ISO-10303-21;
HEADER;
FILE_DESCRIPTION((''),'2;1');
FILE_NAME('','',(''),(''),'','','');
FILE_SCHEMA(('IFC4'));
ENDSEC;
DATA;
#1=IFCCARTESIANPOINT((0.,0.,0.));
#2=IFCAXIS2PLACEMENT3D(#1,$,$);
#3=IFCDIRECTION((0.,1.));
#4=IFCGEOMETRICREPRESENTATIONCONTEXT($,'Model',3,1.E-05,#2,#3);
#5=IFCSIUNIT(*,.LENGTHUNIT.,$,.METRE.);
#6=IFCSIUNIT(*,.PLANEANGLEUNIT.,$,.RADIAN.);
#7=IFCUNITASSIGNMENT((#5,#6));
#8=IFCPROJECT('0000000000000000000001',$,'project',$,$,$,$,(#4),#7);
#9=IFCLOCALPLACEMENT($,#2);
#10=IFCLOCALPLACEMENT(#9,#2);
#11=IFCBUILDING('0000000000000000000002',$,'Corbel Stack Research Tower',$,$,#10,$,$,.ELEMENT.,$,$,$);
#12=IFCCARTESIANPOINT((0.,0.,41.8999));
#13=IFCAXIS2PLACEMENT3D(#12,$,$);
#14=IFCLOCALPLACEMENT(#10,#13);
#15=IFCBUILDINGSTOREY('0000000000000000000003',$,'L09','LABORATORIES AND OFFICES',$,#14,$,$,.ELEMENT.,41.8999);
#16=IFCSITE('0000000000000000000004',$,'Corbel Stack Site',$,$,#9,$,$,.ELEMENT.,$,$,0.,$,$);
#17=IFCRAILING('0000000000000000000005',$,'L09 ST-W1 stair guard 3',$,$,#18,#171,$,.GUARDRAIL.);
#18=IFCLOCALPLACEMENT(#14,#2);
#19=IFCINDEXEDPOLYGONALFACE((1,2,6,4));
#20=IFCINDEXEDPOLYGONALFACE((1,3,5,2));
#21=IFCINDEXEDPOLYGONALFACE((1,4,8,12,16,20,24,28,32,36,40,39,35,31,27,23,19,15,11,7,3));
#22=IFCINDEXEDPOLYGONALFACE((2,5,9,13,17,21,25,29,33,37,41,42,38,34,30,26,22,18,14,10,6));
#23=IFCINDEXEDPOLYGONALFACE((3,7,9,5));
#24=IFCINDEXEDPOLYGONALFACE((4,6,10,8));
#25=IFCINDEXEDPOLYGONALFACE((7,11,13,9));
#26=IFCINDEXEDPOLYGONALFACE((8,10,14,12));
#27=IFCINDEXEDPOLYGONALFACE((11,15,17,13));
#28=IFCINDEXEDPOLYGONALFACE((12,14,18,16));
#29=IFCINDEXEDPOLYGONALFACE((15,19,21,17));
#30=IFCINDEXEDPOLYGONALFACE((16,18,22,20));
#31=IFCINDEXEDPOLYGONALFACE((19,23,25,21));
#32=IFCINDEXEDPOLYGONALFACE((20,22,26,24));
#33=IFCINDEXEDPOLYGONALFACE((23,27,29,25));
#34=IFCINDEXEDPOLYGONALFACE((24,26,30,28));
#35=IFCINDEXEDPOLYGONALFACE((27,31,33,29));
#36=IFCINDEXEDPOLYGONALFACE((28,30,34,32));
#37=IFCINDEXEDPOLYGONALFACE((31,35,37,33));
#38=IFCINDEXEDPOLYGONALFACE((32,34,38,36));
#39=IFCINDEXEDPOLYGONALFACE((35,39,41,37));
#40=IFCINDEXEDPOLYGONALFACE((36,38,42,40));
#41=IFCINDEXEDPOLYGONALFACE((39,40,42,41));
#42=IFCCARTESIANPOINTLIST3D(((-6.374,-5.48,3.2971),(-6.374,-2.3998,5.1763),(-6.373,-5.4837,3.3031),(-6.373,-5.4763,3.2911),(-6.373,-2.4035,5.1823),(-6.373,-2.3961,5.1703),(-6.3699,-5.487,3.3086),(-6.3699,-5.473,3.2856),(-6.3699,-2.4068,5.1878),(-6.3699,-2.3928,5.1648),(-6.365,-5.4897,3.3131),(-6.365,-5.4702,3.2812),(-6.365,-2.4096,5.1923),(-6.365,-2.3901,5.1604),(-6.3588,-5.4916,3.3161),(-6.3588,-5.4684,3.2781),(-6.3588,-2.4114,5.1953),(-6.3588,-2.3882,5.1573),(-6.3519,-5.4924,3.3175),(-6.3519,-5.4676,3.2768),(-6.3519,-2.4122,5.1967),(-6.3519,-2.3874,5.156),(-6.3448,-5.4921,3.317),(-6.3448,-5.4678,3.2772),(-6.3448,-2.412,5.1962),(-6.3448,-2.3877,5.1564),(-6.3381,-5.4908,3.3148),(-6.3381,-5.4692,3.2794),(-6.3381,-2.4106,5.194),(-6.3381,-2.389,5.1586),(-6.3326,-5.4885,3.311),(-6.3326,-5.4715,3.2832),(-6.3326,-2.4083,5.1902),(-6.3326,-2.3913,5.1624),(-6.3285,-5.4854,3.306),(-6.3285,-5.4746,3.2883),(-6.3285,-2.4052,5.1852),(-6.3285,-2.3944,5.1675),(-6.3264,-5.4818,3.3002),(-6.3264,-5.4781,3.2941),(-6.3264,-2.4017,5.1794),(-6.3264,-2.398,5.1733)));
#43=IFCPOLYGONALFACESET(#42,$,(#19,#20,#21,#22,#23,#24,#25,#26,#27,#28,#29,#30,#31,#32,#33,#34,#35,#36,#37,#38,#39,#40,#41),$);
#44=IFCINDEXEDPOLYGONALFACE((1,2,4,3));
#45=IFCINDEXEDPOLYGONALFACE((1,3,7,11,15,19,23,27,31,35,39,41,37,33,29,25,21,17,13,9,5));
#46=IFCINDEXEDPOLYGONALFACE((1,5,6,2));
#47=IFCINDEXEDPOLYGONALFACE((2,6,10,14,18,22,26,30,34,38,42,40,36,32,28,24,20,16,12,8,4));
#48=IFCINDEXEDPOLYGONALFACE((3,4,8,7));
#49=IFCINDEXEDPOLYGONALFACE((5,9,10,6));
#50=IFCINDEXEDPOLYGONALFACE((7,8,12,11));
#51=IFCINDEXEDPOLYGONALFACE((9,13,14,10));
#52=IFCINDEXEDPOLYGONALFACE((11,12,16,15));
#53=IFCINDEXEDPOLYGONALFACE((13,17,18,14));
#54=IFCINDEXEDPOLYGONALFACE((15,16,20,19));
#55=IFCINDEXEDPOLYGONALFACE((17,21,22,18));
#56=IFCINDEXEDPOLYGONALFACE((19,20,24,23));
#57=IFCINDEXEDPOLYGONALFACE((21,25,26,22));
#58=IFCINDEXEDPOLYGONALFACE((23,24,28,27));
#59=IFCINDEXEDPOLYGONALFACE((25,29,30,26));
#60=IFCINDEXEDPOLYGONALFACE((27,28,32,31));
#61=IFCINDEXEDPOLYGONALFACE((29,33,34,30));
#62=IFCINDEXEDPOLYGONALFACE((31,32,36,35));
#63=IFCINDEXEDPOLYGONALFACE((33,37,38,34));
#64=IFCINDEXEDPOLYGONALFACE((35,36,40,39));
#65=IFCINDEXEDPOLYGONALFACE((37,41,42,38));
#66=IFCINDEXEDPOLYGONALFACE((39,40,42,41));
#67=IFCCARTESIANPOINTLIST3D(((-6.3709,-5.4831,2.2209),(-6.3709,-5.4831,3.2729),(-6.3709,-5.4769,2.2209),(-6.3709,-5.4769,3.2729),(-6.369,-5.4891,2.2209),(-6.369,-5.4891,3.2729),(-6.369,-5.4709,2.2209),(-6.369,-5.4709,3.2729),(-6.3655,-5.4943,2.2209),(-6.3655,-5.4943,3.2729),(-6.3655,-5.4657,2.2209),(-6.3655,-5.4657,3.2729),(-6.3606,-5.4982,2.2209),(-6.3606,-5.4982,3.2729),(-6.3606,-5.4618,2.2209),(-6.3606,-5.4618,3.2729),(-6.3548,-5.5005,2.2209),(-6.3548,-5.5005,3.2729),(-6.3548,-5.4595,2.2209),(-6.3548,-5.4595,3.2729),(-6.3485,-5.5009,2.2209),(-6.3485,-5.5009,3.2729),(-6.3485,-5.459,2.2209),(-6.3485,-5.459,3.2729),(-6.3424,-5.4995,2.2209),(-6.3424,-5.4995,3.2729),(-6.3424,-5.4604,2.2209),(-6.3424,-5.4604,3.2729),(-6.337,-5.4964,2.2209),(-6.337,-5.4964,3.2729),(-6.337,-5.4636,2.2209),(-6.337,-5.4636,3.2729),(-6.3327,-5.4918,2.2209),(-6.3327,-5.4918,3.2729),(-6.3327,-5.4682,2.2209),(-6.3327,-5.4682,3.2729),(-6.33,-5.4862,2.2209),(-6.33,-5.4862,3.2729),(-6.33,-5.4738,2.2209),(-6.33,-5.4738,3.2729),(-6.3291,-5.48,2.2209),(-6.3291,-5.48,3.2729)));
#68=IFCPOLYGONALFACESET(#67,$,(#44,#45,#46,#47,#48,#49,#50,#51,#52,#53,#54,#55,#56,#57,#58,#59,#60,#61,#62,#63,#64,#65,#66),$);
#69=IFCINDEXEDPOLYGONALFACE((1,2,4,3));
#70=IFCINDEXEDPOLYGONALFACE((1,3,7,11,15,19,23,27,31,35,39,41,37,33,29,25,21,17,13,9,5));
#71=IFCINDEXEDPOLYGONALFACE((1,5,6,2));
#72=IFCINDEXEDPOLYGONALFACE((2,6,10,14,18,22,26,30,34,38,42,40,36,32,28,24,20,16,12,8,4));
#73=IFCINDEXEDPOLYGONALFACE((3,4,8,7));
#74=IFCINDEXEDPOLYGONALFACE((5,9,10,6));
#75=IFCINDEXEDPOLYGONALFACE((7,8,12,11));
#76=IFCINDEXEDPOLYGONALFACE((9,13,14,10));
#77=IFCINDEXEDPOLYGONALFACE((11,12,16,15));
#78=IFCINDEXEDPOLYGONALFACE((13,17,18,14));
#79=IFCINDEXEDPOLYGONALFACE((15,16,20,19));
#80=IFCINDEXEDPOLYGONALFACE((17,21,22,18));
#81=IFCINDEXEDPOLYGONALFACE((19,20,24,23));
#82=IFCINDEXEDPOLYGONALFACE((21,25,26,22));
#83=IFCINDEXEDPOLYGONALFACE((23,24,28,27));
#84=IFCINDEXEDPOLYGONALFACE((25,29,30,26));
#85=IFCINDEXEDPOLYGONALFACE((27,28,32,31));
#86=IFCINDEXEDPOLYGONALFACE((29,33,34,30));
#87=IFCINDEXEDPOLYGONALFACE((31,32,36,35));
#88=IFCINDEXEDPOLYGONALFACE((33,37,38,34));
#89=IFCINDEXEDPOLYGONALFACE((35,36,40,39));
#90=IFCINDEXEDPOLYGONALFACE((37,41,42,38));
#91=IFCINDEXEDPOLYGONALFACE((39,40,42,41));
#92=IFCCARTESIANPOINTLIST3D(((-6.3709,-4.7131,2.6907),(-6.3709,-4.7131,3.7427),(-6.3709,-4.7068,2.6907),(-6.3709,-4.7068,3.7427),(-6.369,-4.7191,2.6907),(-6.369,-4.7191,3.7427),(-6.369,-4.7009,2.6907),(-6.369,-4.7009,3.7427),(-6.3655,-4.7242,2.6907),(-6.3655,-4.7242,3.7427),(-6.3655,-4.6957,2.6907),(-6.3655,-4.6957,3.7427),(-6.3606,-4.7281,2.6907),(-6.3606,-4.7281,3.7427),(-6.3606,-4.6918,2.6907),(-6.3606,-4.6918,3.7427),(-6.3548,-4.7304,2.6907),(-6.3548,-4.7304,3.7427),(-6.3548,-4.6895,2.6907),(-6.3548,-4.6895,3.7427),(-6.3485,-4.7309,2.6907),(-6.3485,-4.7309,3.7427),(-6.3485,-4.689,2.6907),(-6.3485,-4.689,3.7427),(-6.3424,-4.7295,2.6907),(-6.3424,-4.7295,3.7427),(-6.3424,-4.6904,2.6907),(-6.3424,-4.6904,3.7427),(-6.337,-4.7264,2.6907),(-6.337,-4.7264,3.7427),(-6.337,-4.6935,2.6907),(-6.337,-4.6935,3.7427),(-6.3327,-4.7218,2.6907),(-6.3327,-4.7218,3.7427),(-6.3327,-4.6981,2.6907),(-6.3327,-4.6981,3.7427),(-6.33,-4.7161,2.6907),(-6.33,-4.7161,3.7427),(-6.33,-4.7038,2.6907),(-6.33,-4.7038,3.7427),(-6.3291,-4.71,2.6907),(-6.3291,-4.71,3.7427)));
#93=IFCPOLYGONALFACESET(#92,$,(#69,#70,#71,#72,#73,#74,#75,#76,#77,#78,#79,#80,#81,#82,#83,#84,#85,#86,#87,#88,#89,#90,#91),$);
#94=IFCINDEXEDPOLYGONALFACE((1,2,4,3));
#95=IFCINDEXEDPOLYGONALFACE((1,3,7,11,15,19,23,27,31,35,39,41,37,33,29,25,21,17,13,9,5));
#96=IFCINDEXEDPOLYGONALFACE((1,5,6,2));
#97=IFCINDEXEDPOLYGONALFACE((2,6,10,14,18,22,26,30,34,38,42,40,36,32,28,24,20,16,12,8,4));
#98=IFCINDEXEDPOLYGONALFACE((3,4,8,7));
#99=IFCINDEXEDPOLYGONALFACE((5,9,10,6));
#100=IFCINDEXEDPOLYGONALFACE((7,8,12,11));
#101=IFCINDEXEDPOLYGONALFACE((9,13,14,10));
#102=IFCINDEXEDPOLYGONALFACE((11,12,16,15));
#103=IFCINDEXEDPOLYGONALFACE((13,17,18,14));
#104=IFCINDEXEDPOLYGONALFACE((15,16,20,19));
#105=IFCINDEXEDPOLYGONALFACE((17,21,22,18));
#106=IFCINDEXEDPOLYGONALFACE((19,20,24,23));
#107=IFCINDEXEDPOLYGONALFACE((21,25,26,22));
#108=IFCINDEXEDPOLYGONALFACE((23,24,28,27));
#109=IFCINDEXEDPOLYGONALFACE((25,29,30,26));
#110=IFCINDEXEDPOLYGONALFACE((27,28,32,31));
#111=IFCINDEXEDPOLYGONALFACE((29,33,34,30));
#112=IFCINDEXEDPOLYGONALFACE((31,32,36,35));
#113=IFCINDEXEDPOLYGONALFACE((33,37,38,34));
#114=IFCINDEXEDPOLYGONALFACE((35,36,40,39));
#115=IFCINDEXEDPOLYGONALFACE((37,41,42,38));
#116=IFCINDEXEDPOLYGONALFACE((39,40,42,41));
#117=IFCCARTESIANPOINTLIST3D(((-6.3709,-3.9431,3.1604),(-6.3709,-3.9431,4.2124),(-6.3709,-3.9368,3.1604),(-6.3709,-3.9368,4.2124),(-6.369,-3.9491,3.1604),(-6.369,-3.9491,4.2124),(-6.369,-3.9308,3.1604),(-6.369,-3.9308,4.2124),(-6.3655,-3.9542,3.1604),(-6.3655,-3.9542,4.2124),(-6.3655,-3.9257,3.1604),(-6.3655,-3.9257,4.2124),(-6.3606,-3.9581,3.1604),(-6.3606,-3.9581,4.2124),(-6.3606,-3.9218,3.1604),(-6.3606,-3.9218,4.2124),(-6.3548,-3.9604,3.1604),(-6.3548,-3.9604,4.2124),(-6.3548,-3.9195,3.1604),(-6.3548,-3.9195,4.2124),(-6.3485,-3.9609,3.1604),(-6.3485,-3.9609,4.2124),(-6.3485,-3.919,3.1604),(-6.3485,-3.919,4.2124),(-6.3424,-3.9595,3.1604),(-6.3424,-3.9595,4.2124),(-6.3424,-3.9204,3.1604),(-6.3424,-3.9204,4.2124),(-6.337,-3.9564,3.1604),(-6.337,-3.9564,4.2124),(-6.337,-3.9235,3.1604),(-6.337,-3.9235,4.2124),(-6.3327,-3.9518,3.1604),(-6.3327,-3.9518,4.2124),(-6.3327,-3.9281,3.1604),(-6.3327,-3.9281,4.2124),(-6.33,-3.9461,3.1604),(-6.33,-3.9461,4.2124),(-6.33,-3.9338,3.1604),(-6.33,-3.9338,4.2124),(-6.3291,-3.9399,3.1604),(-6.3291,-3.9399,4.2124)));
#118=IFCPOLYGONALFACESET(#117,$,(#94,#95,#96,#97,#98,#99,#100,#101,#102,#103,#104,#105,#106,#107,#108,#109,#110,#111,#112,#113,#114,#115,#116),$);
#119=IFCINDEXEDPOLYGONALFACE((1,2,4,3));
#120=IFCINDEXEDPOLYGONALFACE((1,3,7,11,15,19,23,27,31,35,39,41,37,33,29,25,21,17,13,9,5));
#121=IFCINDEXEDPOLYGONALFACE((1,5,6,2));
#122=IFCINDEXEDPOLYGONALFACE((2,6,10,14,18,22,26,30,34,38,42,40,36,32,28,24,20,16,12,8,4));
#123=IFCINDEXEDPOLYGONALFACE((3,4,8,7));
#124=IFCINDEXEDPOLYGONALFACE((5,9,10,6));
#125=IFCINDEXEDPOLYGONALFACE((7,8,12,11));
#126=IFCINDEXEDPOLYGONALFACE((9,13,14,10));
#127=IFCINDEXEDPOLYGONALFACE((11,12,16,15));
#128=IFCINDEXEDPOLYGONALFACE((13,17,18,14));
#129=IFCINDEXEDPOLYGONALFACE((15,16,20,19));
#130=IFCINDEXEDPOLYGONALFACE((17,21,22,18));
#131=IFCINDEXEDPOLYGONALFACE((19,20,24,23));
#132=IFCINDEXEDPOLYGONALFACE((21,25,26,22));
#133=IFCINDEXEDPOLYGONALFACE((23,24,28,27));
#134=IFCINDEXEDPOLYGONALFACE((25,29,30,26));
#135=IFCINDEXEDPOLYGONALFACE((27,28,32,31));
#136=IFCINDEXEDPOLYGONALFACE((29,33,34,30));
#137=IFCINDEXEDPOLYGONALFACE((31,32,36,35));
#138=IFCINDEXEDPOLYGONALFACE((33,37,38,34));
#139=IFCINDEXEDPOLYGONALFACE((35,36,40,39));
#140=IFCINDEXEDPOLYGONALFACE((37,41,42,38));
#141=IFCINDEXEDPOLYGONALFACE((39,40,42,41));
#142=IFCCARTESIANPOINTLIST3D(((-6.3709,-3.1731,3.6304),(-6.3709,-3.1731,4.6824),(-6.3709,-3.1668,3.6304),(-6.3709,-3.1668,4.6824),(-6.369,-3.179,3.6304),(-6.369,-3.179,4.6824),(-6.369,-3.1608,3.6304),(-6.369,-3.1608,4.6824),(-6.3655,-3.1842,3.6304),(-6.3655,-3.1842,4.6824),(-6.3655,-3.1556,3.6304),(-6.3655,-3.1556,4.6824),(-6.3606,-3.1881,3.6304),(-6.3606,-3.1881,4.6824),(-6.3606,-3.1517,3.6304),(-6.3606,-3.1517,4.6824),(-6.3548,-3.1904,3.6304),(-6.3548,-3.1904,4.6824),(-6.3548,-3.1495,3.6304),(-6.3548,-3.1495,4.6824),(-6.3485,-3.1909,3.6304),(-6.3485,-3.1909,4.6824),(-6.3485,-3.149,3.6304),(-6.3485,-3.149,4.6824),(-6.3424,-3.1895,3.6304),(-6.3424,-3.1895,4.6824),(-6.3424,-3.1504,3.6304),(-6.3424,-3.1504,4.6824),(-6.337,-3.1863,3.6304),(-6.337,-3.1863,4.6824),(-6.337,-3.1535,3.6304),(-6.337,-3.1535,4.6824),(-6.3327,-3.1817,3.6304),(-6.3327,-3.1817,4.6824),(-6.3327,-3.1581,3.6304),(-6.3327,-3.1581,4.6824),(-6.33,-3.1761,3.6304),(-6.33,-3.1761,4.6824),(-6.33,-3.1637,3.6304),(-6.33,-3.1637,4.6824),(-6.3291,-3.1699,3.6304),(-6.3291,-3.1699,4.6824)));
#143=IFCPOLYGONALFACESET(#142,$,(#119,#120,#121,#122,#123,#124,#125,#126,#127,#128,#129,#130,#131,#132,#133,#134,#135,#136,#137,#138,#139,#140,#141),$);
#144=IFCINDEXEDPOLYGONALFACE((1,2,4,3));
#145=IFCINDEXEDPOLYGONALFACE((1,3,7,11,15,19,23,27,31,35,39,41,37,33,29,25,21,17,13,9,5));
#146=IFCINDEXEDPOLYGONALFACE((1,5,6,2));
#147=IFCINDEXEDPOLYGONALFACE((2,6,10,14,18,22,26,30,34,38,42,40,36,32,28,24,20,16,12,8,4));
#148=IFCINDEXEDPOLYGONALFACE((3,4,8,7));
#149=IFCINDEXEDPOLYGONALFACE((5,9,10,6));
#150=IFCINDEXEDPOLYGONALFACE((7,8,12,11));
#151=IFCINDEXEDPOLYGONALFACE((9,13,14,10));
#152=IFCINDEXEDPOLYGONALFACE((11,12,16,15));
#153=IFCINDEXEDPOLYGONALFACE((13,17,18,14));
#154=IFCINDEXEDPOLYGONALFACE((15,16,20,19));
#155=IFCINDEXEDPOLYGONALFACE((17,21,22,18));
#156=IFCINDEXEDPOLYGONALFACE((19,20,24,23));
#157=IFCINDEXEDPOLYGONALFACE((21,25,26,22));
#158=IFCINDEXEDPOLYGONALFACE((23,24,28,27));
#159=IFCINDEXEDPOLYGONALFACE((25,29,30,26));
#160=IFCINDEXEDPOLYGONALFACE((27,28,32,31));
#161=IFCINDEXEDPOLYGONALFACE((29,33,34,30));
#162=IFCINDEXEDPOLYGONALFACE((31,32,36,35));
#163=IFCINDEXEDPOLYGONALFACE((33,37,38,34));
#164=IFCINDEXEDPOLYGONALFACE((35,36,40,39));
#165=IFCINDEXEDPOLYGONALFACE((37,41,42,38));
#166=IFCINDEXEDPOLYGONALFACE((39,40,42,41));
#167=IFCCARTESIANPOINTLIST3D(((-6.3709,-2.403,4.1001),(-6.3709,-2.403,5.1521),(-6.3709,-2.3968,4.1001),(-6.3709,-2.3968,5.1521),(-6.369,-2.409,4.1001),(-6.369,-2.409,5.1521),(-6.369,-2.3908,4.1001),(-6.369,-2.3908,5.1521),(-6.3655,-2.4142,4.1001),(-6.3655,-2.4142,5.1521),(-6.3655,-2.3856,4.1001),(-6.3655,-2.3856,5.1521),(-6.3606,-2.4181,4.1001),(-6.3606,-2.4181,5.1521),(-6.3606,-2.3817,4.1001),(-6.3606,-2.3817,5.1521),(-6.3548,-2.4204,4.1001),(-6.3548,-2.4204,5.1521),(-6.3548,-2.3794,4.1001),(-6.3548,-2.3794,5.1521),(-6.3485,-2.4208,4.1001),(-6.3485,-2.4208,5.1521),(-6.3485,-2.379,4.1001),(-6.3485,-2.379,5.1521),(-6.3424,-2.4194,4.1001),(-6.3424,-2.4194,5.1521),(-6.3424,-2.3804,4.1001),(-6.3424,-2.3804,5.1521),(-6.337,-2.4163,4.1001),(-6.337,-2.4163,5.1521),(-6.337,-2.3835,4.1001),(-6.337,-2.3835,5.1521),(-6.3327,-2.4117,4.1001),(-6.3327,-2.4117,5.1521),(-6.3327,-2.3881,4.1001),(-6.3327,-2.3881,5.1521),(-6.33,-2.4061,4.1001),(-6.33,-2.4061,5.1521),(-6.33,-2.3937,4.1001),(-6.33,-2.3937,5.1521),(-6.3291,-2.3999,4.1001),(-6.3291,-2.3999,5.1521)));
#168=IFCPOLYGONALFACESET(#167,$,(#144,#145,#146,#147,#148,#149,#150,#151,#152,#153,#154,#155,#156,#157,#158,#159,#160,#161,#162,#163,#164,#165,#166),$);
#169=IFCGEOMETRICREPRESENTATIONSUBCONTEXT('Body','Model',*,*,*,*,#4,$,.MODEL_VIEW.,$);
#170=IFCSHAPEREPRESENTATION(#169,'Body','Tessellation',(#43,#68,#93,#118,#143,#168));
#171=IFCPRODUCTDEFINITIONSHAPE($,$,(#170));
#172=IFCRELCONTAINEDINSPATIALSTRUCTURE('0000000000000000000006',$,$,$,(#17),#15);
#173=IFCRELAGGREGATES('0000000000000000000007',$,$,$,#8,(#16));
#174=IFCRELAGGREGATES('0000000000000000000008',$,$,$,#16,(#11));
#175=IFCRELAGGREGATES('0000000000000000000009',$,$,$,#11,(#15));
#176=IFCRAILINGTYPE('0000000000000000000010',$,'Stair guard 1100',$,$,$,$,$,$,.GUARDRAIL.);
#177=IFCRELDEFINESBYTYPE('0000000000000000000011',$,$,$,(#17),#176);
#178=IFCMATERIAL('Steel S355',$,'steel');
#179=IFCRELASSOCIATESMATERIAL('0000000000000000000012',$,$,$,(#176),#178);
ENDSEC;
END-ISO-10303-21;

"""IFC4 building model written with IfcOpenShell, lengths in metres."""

from ifc_helpers import new_model, si_unit, direction, frame, origin, origin_2d, place, context, subcontext, project, spatial, circle, extrude, material, type_object, element, save


model = new_model("IFC4")

# Units and contexts
model_context = context("Model", 3, precision=1e-05, world=origin(), true_north=direction((0.0, 1.0)))
body_context = subcontext(model_context, "Body", "Model", "MODEL_VIEW")
ifc_project = project(units=[si_unit("LENGTHUNIT", "METRE"), si_unit("PLANEANGLEUNIT", "RADIAN")], contexts=[model_context])

# Site, building, storey
site_placement = place(None, origin())
site = spatial("IfcSite", under=ifc_project, at=site_placement, Name="Corbel Stack Site", CompositionType="ELEMENT", RefElevation=0.0)
building_placement = place(site_placement, origin())
building = spatial("IfcBuilding", under=site, at=building_placement, Name="Corbel Stack Research Tower", CompositionType="ELEMENT")
storey_placement = place(building_placement, frame((0.0, 0.0, 41.8999)))
storey = spatial("IfcBuildingStorey", under=building, at=storey_placement, Name="L09", Description="LABORATORIES AND OFFICES", CompositionType="ELEMENT", Elevation=41.8999)

# Railing
ifc_material_1 = material(Name="Steel S355", Category="steel")
railing_type_1 = type_object("IfcRailingType", Name="Stair guard 1100", PredefinedType="GUARDRAIL", material=ifc_material_1)
railing_1_placement = place(storey_placement, frame((-6.3501, -5.48, 2.2209)))
element("IfcRailing", 1, at=railing_1_placement, inside=storey, type_object=railing_type_1, Name="L09 ST-W1 stair guard 3", PredefinedType="GUARDRAIL", context=body_context, shape_type="SweptSolid", body=[
    extrude(circle(Radius=0.0239, at=origin_2d()), frame((0.0, 0.0, 1.0762), z_axis=(0.0, 0.853666, 0.52082), x_axis=(-1.0, 0.0, 0.0)), (0.0, 0.0, 1.0), 3.6082),
    extrude(circle(Radius=0.021, at=origin_2d()), origin(), (0.0, 0.0, 1.0), 1.052),
    extrude(circle(Radius=0.021, at=origin_2d()), frame((0.0, 0.77, 0.4697)), (0.0, 0.0, 1.0), 1.052),
    extrude(circle(Radius=0.021, at=origin_2d()), frame((0.0, 1.54, 0.9395)), (0.0, 0.0, 1.0), 1.052),
    extrude(circle(Radius=0.021, at=origin_2d()), frame((0.0, 2.3101, 1.4094)), (0.0, 0.0, 1.0), 1.052),
    extrude(circle(Radius=0.021, at=origin_2d()), frame((0.0, 3.0801, 1.8792)), (0.0, 0.0, 1.0), 1.052),
])

save(model, "model.ifc")
